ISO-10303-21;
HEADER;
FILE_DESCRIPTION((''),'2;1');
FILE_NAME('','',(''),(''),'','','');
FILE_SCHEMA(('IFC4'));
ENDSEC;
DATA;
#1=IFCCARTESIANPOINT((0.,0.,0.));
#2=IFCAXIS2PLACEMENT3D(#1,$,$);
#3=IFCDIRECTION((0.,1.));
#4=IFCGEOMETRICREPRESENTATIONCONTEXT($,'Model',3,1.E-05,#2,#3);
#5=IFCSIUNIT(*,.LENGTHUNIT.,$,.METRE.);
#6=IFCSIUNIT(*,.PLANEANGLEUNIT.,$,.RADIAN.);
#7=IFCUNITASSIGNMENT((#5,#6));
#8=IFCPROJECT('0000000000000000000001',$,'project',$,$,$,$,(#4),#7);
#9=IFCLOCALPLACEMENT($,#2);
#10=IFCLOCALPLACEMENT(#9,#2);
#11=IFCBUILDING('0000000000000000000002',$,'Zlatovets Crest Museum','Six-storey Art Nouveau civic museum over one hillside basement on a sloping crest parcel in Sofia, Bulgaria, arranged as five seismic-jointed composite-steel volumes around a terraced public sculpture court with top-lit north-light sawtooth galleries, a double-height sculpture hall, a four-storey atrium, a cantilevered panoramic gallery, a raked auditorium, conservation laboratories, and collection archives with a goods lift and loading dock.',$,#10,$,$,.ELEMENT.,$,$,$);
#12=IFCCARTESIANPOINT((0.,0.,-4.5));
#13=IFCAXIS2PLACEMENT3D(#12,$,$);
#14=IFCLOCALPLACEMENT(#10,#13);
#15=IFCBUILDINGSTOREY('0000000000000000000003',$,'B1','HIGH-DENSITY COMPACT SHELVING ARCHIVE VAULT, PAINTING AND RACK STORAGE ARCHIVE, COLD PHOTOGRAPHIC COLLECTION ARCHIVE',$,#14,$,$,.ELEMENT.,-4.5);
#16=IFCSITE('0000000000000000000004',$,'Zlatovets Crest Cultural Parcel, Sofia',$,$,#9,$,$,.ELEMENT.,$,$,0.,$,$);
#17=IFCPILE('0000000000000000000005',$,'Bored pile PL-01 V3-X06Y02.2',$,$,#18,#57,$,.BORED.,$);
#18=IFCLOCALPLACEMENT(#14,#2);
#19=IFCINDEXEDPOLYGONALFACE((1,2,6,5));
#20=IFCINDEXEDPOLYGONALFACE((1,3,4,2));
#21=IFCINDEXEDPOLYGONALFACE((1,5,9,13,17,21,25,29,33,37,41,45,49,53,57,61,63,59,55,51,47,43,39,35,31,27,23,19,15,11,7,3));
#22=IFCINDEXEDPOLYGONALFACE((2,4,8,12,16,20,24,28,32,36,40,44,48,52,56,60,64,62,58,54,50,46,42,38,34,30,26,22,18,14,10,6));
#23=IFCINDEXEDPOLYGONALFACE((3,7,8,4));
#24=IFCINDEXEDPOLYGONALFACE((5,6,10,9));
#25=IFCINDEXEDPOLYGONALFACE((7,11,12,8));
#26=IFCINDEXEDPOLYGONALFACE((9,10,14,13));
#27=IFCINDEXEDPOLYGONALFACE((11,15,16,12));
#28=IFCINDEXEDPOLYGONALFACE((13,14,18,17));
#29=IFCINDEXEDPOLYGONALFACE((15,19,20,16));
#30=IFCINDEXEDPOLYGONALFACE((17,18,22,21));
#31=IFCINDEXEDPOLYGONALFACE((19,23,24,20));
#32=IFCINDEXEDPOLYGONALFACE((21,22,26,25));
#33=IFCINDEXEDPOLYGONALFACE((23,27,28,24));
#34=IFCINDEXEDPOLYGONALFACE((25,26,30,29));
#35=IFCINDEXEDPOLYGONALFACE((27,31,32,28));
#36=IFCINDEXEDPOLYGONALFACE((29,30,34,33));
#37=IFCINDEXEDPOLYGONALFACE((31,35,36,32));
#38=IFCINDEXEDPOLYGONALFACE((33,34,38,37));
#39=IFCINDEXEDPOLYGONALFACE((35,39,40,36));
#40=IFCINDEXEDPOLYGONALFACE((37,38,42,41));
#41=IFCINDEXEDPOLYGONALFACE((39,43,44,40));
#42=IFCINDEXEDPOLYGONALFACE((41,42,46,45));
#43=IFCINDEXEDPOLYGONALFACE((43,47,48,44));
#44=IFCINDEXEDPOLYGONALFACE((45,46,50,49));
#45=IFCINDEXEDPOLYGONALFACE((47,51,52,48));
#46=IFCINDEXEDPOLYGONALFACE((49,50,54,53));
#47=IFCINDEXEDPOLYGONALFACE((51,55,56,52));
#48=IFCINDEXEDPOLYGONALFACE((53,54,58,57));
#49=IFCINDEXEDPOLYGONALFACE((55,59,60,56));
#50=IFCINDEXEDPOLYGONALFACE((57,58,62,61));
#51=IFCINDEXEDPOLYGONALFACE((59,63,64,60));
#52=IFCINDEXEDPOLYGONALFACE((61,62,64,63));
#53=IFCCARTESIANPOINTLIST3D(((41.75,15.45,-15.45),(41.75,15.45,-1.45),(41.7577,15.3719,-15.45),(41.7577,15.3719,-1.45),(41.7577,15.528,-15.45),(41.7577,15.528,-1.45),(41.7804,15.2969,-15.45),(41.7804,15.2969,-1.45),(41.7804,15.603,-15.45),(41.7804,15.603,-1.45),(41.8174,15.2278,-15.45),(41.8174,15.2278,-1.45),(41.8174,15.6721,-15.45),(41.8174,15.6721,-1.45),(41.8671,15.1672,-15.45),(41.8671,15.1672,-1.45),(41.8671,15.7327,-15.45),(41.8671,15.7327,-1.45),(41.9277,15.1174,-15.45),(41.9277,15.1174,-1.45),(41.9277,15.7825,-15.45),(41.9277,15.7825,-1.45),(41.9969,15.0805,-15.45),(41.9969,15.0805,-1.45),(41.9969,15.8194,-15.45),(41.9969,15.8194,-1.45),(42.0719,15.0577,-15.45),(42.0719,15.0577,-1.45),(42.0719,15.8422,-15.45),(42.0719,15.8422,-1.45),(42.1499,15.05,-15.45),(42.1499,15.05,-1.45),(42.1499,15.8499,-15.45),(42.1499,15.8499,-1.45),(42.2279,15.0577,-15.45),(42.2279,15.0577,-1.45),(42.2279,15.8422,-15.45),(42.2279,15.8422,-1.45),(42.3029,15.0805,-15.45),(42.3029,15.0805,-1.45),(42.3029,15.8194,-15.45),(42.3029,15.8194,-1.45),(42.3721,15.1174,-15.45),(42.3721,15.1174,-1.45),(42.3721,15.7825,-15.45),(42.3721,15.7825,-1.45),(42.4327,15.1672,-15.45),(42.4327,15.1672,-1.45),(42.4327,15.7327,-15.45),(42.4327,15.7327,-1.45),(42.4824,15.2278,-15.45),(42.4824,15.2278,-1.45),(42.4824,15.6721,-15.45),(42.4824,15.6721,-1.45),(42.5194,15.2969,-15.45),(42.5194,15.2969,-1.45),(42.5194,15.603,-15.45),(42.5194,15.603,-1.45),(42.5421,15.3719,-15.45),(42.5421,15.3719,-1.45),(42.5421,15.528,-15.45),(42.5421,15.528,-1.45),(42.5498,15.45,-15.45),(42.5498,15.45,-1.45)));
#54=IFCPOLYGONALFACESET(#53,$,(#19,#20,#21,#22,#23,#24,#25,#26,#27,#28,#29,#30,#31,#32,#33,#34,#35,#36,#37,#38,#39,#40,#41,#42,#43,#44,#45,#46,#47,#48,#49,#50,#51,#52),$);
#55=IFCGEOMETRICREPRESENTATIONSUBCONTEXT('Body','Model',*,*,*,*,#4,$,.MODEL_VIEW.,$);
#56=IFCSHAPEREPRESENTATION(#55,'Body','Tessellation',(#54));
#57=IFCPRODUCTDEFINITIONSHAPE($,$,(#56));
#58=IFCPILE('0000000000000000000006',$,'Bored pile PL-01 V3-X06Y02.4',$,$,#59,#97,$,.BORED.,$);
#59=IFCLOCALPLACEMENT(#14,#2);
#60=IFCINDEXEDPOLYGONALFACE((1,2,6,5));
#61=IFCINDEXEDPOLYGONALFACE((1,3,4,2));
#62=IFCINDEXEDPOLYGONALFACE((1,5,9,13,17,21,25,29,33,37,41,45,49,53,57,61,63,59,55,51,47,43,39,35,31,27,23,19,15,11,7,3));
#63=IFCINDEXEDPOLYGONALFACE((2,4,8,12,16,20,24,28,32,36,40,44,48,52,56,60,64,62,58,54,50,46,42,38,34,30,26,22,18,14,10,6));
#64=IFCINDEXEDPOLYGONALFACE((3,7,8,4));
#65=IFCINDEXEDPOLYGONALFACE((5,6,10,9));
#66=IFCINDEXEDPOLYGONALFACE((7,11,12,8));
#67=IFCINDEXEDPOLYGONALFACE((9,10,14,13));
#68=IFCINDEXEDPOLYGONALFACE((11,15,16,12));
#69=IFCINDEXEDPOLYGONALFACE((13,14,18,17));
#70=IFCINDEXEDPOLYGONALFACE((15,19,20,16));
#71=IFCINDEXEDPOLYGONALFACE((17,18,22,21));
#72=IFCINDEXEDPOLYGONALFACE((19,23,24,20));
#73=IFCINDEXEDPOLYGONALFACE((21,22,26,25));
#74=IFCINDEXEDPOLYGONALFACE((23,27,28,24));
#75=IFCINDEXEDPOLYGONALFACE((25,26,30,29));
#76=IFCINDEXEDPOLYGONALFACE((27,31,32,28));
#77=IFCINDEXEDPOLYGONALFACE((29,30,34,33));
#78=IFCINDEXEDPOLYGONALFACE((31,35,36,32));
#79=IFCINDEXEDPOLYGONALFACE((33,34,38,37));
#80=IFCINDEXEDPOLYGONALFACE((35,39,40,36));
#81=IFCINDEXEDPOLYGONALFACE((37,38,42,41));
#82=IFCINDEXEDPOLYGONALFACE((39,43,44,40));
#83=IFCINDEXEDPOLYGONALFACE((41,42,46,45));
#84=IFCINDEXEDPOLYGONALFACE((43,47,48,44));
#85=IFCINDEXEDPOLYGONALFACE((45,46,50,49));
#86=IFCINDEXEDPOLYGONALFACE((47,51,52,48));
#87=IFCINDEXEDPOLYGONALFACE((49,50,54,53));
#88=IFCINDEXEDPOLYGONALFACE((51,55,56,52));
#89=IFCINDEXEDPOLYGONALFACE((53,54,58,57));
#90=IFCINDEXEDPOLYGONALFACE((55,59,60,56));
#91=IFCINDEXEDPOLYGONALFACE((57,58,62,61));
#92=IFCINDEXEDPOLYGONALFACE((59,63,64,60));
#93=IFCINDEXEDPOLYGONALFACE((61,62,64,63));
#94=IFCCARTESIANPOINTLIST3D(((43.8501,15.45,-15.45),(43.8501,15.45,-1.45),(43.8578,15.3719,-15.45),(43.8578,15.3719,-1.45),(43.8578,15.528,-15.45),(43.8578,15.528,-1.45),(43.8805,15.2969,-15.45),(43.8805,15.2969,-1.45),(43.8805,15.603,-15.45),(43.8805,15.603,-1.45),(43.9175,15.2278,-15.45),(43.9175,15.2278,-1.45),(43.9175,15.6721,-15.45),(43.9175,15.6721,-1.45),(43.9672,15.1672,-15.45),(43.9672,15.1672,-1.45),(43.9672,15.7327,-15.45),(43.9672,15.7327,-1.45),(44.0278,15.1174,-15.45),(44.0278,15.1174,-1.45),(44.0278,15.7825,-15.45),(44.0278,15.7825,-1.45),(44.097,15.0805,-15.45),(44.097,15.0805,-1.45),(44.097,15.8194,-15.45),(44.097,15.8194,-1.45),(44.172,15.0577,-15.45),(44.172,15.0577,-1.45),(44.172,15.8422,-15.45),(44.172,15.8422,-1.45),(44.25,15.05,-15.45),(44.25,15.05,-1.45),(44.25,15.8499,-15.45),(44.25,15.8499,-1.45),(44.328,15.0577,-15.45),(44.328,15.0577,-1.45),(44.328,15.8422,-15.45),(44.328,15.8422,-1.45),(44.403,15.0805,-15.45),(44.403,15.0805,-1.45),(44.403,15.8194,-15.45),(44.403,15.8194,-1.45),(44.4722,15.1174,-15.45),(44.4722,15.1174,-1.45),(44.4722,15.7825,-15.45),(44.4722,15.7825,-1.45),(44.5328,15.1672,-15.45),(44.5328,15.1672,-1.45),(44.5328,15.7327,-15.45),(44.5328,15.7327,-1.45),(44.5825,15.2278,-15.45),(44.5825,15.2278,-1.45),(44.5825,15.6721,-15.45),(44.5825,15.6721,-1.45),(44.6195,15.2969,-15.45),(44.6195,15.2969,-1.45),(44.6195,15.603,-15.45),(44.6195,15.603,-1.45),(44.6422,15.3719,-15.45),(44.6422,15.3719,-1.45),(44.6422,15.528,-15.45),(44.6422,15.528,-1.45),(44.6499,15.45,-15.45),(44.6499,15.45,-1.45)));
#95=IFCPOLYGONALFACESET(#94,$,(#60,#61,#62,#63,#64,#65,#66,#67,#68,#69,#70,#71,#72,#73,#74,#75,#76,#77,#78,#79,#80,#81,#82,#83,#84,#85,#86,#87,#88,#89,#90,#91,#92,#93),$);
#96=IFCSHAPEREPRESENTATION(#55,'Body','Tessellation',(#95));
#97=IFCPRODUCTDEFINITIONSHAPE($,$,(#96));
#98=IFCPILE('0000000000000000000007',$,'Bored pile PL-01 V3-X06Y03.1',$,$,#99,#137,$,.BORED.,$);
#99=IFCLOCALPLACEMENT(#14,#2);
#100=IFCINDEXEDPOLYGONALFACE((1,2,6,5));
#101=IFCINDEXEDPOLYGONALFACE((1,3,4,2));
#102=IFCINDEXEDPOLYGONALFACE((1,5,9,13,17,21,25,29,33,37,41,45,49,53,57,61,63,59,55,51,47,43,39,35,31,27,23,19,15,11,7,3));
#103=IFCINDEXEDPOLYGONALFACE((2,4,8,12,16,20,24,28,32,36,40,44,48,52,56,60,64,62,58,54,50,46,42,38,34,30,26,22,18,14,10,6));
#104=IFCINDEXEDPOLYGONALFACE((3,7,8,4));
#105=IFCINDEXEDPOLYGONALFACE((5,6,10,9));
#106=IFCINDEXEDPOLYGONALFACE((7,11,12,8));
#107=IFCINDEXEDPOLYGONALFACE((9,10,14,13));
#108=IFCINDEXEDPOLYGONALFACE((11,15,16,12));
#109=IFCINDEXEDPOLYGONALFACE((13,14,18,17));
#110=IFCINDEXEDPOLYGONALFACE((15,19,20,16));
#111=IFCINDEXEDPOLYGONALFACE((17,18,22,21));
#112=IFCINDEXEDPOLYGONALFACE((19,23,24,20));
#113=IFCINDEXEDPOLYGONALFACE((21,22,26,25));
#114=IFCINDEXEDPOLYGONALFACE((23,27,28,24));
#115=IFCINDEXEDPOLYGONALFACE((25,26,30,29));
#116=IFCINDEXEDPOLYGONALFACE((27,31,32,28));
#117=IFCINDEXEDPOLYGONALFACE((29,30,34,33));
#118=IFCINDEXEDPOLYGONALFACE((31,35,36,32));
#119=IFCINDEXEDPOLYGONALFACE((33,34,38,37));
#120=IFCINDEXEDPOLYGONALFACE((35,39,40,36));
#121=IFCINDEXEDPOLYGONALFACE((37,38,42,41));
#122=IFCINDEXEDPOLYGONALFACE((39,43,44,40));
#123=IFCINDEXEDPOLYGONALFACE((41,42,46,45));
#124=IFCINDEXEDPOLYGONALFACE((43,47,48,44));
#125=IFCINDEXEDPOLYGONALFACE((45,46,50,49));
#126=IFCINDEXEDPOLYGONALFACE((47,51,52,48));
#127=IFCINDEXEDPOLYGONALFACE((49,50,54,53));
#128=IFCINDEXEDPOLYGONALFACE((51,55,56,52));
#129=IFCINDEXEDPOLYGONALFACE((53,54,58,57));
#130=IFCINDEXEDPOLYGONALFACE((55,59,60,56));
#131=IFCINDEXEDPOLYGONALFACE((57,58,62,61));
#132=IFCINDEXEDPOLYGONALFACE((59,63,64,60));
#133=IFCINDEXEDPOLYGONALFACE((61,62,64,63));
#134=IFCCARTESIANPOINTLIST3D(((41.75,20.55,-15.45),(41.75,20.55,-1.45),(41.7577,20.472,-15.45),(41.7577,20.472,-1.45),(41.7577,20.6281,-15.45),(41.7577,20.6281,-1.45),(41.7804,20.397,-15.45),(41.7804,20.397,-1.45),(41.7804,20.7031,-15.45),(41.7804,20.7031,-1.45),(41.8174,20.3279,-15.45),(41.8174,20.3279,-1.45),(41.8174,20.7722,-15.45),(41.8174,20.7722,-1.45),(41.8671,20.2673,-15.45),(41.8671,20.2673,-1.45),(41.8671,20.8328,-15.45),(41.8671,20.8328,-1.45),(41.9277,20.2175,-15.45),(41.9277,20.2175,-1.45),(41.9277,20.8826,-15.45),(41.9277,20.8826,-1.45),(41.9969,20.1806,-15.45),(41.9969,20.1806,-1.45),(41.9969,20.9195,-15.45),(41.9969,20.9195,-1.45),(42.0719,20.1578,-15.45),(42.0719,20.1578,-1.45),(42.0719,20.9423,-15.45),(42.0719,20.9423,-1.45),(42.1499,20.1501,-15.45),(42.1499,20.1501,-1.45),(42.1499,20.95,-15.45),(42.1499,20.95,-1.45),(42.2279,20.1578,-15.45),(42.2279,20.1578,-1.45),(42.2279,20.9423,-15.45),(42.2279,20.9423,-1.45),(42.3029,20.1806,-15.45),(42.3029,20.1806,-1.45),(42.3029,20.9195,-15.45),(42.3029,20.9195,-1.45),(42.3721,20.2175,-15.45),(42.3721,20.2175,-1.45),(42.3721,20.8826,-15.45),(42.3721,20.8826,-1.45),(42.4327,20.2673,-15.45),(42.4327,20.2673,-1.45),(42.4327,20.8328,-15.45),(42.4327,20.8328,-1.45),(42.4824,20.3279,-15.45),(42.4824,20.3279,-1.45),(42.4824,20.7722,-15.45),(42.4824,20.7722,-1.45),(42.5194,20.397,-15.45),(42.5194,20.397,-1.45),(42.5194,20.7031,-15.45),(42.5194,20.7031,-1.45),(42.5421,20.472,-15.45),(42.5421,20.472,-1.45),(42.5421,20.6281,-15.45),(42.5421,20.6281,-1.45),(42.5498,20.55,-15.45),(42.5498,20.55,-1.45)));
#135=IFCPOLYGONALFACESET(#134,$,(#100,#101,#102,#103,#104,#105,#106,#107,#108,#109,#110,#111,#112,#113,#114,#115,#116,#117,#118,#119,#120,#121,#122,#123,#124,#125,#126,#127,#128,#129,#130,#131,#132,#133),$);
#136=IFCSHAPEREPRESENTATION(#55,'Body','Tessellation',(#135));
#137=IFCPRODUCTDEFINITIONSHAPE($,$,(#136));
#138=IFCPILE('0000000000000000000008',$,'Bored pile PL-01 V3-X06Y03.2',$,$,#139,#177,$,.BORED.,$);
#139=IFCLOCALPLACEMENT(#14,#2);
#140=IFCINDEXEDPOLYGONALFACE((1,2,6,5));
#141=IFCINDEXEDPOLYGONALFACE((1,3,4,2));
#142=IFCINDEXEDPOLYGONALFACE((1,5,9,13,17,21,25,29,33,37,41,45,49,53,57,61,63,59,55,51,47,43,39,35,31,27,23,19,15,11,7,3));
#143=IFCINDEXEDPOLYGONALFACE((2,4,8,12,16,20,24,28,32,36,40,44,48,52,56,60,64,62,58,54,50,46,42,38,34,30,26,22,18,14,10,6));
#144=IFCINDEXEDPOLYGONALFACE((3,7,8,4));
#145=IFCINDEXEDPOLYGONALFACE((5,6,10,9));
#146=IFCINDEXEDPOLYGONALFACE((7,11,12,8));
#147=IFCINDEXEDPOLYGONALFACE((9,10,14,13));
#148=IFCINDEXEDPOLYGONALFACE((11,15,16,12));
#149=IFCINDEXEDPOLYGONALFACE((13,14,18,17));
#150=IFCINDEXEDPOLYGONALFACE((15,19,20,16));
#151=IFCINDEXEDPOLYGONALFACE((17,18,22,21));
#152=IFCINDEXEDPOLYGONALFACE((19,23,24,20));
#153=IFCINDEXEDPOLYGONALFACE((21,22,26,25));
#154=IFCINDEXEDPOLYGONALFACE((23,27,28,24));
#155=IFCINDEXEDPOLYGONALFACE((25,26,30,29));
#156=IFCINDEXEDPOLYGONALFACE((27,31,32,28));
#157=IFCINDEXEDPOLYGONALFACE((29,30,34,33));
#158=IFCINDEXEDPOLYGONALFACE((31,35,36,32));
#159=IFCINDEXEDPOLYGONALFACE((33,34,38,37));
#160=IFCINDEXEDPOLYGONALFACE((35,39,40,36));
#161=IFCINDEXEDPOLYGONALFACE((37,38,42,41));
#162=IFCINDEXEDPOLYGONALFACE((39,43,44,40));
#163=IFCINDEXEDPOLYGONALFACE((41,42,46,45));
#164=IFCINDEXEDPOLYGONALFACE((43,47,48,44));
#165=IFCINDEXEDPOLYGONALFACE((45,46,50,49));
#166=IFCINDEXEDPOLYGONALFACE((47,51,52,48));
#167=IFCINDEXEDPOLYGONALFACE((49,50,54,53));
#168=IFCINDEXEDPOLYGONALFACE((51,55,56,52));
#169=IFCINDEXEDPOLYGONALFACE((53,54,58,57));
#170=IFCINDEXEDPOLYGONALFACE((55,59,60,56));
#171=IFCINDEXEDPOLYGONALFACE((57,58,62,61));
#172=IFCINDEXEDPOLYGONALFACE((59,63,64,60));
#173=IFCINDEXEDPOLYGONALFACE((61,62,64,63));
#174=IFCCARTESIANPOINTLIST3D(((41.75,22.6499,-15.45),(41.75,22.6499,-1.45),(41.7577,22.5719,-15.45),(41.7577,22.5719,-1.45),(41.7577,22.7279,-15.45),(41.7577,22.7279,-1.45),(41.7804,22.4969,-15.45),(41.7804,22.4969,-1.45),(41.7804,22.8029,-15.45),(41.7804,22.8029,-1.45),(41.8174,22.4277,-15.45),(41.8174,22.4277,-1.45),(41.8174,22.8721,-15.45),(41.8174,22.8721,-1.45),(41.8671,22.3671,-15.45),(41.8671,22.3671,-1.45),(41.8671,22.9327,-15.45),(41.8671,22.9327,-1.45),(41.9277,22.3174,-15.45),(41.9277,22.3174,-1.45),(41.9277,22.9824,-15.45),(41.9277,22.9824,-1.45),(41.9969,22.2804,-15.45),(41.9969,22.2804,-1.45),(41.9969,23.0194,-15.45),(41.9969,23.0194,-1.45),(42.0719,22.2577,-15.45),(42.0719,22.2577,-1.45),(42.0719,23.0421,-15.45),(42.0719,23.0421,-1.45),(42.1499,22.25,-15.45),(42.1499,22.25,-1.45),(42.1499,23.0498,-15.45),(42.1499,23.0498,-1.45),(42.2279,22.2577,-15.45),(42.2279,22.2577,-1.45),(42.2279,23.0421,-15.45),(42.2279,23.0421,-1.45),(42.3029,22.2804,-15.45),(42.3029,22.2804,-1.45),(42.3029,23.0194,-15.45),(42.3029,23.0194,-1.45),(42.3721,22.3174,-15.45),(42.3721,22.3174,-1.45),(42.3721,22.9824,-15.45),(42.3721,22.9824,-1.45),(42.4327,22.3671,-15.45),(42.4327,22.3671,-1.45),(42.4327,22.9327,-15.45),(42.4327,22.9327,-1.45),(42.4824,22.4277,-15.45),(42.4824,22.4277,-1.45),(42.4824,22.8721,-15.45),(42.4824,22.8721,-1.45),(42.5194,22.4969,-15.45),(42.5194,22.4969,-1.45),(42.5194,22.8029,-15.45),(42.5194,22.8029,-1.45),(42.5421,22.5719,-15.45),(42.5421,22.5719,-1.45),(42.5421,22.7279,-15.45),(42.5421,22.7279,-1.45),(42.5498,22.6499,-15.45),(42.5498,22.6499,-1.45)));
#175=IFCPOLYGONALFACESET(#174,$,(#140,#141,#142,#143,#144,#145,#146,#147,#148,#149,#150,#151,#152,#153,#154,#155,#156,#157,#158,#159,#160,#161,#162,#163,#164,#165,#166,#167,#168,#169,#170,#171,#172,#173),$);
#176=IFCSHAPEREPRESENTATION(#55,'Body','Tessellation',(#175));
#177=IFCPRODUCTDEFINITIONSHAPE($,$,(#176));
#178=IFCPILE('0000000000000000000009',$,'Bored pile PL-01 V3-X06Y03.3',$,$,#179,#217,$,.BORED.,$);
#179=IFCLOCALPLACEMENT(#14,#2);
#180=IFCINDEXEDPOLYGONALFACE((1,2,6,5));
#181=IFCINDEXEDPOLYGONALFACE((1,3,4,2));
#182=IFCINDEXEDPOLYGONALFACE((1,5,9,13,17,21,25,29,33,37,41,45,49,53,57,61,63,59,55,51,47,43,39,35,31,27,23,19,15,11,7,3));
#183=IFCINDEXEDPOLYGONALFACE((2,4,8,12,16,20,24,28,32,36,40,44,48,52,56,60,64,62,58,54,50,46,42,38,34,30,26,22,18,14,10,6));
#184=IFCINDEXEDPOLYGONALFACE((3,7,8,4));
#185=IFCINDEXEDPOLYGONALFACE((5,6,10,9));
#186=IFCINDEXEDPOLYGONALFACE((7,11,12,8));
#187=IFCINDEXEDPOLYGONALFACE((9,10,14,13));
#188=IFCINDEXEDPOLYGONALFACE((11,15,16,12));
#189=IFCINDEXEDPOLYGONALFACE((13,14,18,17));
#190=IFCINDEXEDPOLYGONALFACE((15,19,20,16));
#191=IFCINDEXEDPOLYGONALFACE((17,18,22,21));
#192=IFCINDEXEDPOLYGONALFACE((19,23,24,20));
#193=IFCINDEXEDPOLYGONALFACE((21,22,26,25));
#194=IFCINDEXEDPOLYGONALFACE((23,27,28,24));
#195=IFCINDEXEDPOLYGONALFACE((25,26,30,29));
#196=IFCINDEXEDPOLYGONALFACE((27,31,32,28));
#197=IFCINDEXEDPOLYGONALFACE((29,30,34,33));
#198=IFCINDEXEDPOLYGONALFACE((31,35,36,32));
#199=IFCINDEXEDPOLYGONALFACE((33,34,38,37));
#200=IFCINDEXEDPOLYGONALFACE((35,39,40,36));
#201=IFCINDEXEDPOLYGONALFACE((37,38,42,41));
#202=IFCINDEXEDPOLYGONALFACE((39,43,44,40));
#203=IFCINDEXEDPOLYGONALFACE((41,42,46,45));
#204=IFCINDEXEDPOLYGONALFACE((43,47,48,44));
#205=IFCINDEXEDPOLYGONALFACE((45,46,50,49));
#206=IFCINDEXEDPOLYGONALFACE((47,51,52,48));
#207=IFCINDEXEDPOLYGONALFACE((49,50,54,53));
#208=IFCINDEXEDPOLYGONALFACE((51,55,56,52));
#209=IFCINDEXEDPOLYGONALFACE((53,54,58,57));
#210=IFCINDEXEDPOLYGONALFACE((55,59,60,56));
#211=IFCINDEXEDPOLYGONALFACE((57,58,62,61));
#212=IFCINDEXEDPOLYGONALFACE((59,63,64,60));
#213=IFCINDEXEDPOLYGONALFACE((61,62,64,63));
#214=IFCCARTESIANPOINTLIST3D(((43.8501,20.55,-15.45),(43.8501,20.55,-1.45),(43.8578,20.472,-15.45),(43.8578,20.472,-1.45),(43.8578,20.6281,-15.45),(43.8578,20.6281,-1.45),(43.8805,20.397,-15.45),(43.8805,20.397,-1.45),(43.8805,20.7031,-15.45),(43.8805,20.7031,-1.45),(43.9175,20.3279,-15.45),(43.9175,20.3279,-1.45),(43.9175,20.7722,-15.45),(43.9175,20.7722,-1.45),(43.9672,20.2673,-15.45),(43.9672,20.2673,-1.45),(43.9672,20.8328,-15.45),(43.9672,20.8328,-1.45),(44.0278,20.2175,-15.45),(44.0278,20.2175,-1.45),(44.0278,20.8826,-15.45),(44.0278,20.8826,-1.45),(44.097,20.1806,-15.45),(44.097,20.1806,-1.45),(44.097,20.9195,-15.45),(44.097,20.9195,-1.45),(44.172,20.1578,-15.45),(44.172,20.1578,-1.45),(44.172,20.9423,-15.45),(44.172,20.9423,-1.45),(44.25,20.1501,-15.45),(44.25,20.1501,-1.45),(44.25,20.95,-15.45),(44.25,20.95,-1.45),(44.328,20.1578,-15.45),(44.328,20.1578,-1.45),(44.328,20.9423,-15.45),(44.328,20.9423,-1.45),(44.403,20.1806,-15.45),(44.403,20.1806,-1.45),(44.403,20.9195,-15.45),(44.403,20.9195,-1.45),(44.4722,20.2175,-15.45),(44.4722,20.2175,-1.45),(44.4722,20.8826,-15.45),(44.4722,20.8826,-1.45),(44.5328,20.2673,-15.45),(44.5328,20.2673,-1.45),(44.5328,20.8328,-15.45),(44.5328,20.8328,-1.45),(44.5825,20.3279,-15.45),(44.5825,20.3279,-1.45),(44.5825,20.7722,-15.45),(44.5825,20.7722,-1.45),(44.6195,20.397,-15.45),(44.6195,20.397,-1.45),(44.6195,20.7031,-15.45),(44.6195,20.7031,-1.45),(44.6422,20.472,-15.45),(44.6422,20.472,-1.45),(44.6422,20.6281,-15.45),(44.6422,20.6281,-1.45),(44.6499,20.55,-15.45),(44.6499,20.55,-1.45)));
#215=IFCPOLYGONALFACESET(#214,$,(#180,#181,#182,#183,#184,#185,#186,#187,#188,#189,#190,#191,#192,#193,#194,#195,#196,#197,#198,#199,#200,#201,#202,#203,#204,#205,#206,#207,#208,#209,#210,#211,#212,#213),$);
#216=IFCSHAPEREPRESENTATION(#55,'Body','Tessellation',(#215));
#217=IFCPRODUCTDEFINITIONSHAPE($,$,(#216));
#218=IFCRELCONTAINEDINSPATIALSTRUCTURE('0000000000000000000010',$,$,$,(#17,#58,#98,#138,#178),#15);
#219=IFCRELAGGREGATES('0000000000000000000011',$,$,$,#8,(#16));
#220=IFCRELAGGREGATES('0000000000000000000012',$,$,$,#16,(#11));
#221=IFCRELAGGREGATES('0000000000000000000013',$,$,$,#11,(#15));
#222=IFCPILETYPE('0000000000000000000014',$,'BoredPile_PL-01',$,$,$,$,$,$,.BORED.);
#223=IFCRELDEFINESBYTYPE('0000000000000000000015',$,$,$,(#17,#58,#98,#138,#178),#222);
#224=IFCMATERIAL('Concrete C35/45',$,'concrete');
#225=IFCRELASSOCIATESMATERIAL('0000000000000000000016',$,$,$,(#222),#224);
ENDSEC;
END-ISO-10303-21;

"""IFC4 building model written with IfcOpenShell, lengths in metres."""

from ifc_helpers import new_model, si_unit, direction, frame, origin, origin_2d, place, context, subcontext, project, spatial, circle, extrude, material, material_profile, profile_set, type_object, element, save


model = new_model("IFC4")

# Units and contexts
model_context = context("Model", 3, precision=1e-05, world=origin(), true_north=direction((0.0, 1.0)))
body_context = subcontext(model_context, "Body", "Model", "MODEL_VIEW")
ifc_project = project(units=[si_unit("LENGTHUNIT", "METRE"), si_unit("PLANEANGLEUNIT", "RADIAN")], contexts=[model_context])

# Site, building, storey
site_placement = place(None, origin())
site = spatial("IfcSite", under=ifc_project, at=site_placement, Name="Zlatovets Crest Cultural Parcel, Sofia", CompositionType="ELEMENT", RefElevation=0.0)
building_placement = place(site_placement, origin())
building = spatial("IfcBuilding", under=site, at=building_placement, Name="Zlatovets Crest Museum", Description="Six-storey Art Nouveau civic museum over one hillside basement on a sloping crest parcel in Sofia, Bulgaria, arranged as five seismic-jointed composite-steel volumes around a terraced public sculpture court with top-lit north-light sawtooth galleries, a double-height sculpture hall, a four-storey atrium, a cantilevered panoramic gallery, a raked auditorium, conservation laboratories, and collection archives with a goods lift and loading dock.", CompositionType="ELEMENT")
storey_placement = place(building_placement, frame((0.0, 0.0, -4.5)))
storey = spatial("IfcBuildingStorey", under=building, at=storey_placement, Name="B1", Description="HIGH-DENSITY COMPACT SHELVING ARCHIVE VAULT, PAINTING AND RACK STORAGE ARCHIVE, COLD PHOTOGRAPHIC COLLECTION ARCHIVE", CompositionType="ELEMENT", Elevation=-4.5)

# Piles
ifc_material_1 = material(Name="Concrete C35/45", Category="concrete")
ifc_material_profile_1 = material_profile(ifc_material_1, circle(Radius=0.3999, at=origin_2d()), Name="PILE D800")
ifc_profile_set_1 = profile_set([ifc_material_profile_1], Name="Concrete C35/45")
pile_type = type_object("IfcPileType", Name="BoredPile_PL-01", PredefinedType="BORED", material=ifc_profile_set_1)
for number, where, z_axis, x_axis, name in (
    (1, (42.1499, 15.45, -1.45), (0.0, 0.0, -1.0), (1.0, 0.0, 0.0), "Bored pile PL-01 V3-X06Y02.2"),
    (2, (44.25, 15.45, -1.45), (0.0, 0.0, -1.0), (1.0, 0.0, 0.0), "Bored pile PL-01 V3-X06Y02.4"),
    (3, (42.1499, 20.55, -1.45), (0.0, 0.0, -1.0), (1.0, 0.0, 0.0), "Bored pile PL-01 V3-X06Y03.1"),
    (4, (42.1499, 22.6499, -1.45), (0.0, 0.0, -1.0), (1.0, 0.0, 0.0), "Bored pile PL-01 V3-X06Y03.2"),
    (5, (44.25, 20.55, -1.45), (0.0, 0.0, -1.0), (1.0, 0.0, 0.0), "Bored pile PL-01 V3-X06Y03.3"),
):
    element("IfcPile", number, at=place(storey_placement, frame(where, z_axis=z_axis, x_axis=x_axis)), inside=storey, type_object=pile_type, Name=name, PredefinedType="BORED", context=body_context, shape_type="SweptSolid", body=[
        extrude(circle(Radius=0.3999, at=origin_2d()), origin(), (0.0, 0.0, 1.0), 14.0),
    ])

save(model, "model.ifc")
